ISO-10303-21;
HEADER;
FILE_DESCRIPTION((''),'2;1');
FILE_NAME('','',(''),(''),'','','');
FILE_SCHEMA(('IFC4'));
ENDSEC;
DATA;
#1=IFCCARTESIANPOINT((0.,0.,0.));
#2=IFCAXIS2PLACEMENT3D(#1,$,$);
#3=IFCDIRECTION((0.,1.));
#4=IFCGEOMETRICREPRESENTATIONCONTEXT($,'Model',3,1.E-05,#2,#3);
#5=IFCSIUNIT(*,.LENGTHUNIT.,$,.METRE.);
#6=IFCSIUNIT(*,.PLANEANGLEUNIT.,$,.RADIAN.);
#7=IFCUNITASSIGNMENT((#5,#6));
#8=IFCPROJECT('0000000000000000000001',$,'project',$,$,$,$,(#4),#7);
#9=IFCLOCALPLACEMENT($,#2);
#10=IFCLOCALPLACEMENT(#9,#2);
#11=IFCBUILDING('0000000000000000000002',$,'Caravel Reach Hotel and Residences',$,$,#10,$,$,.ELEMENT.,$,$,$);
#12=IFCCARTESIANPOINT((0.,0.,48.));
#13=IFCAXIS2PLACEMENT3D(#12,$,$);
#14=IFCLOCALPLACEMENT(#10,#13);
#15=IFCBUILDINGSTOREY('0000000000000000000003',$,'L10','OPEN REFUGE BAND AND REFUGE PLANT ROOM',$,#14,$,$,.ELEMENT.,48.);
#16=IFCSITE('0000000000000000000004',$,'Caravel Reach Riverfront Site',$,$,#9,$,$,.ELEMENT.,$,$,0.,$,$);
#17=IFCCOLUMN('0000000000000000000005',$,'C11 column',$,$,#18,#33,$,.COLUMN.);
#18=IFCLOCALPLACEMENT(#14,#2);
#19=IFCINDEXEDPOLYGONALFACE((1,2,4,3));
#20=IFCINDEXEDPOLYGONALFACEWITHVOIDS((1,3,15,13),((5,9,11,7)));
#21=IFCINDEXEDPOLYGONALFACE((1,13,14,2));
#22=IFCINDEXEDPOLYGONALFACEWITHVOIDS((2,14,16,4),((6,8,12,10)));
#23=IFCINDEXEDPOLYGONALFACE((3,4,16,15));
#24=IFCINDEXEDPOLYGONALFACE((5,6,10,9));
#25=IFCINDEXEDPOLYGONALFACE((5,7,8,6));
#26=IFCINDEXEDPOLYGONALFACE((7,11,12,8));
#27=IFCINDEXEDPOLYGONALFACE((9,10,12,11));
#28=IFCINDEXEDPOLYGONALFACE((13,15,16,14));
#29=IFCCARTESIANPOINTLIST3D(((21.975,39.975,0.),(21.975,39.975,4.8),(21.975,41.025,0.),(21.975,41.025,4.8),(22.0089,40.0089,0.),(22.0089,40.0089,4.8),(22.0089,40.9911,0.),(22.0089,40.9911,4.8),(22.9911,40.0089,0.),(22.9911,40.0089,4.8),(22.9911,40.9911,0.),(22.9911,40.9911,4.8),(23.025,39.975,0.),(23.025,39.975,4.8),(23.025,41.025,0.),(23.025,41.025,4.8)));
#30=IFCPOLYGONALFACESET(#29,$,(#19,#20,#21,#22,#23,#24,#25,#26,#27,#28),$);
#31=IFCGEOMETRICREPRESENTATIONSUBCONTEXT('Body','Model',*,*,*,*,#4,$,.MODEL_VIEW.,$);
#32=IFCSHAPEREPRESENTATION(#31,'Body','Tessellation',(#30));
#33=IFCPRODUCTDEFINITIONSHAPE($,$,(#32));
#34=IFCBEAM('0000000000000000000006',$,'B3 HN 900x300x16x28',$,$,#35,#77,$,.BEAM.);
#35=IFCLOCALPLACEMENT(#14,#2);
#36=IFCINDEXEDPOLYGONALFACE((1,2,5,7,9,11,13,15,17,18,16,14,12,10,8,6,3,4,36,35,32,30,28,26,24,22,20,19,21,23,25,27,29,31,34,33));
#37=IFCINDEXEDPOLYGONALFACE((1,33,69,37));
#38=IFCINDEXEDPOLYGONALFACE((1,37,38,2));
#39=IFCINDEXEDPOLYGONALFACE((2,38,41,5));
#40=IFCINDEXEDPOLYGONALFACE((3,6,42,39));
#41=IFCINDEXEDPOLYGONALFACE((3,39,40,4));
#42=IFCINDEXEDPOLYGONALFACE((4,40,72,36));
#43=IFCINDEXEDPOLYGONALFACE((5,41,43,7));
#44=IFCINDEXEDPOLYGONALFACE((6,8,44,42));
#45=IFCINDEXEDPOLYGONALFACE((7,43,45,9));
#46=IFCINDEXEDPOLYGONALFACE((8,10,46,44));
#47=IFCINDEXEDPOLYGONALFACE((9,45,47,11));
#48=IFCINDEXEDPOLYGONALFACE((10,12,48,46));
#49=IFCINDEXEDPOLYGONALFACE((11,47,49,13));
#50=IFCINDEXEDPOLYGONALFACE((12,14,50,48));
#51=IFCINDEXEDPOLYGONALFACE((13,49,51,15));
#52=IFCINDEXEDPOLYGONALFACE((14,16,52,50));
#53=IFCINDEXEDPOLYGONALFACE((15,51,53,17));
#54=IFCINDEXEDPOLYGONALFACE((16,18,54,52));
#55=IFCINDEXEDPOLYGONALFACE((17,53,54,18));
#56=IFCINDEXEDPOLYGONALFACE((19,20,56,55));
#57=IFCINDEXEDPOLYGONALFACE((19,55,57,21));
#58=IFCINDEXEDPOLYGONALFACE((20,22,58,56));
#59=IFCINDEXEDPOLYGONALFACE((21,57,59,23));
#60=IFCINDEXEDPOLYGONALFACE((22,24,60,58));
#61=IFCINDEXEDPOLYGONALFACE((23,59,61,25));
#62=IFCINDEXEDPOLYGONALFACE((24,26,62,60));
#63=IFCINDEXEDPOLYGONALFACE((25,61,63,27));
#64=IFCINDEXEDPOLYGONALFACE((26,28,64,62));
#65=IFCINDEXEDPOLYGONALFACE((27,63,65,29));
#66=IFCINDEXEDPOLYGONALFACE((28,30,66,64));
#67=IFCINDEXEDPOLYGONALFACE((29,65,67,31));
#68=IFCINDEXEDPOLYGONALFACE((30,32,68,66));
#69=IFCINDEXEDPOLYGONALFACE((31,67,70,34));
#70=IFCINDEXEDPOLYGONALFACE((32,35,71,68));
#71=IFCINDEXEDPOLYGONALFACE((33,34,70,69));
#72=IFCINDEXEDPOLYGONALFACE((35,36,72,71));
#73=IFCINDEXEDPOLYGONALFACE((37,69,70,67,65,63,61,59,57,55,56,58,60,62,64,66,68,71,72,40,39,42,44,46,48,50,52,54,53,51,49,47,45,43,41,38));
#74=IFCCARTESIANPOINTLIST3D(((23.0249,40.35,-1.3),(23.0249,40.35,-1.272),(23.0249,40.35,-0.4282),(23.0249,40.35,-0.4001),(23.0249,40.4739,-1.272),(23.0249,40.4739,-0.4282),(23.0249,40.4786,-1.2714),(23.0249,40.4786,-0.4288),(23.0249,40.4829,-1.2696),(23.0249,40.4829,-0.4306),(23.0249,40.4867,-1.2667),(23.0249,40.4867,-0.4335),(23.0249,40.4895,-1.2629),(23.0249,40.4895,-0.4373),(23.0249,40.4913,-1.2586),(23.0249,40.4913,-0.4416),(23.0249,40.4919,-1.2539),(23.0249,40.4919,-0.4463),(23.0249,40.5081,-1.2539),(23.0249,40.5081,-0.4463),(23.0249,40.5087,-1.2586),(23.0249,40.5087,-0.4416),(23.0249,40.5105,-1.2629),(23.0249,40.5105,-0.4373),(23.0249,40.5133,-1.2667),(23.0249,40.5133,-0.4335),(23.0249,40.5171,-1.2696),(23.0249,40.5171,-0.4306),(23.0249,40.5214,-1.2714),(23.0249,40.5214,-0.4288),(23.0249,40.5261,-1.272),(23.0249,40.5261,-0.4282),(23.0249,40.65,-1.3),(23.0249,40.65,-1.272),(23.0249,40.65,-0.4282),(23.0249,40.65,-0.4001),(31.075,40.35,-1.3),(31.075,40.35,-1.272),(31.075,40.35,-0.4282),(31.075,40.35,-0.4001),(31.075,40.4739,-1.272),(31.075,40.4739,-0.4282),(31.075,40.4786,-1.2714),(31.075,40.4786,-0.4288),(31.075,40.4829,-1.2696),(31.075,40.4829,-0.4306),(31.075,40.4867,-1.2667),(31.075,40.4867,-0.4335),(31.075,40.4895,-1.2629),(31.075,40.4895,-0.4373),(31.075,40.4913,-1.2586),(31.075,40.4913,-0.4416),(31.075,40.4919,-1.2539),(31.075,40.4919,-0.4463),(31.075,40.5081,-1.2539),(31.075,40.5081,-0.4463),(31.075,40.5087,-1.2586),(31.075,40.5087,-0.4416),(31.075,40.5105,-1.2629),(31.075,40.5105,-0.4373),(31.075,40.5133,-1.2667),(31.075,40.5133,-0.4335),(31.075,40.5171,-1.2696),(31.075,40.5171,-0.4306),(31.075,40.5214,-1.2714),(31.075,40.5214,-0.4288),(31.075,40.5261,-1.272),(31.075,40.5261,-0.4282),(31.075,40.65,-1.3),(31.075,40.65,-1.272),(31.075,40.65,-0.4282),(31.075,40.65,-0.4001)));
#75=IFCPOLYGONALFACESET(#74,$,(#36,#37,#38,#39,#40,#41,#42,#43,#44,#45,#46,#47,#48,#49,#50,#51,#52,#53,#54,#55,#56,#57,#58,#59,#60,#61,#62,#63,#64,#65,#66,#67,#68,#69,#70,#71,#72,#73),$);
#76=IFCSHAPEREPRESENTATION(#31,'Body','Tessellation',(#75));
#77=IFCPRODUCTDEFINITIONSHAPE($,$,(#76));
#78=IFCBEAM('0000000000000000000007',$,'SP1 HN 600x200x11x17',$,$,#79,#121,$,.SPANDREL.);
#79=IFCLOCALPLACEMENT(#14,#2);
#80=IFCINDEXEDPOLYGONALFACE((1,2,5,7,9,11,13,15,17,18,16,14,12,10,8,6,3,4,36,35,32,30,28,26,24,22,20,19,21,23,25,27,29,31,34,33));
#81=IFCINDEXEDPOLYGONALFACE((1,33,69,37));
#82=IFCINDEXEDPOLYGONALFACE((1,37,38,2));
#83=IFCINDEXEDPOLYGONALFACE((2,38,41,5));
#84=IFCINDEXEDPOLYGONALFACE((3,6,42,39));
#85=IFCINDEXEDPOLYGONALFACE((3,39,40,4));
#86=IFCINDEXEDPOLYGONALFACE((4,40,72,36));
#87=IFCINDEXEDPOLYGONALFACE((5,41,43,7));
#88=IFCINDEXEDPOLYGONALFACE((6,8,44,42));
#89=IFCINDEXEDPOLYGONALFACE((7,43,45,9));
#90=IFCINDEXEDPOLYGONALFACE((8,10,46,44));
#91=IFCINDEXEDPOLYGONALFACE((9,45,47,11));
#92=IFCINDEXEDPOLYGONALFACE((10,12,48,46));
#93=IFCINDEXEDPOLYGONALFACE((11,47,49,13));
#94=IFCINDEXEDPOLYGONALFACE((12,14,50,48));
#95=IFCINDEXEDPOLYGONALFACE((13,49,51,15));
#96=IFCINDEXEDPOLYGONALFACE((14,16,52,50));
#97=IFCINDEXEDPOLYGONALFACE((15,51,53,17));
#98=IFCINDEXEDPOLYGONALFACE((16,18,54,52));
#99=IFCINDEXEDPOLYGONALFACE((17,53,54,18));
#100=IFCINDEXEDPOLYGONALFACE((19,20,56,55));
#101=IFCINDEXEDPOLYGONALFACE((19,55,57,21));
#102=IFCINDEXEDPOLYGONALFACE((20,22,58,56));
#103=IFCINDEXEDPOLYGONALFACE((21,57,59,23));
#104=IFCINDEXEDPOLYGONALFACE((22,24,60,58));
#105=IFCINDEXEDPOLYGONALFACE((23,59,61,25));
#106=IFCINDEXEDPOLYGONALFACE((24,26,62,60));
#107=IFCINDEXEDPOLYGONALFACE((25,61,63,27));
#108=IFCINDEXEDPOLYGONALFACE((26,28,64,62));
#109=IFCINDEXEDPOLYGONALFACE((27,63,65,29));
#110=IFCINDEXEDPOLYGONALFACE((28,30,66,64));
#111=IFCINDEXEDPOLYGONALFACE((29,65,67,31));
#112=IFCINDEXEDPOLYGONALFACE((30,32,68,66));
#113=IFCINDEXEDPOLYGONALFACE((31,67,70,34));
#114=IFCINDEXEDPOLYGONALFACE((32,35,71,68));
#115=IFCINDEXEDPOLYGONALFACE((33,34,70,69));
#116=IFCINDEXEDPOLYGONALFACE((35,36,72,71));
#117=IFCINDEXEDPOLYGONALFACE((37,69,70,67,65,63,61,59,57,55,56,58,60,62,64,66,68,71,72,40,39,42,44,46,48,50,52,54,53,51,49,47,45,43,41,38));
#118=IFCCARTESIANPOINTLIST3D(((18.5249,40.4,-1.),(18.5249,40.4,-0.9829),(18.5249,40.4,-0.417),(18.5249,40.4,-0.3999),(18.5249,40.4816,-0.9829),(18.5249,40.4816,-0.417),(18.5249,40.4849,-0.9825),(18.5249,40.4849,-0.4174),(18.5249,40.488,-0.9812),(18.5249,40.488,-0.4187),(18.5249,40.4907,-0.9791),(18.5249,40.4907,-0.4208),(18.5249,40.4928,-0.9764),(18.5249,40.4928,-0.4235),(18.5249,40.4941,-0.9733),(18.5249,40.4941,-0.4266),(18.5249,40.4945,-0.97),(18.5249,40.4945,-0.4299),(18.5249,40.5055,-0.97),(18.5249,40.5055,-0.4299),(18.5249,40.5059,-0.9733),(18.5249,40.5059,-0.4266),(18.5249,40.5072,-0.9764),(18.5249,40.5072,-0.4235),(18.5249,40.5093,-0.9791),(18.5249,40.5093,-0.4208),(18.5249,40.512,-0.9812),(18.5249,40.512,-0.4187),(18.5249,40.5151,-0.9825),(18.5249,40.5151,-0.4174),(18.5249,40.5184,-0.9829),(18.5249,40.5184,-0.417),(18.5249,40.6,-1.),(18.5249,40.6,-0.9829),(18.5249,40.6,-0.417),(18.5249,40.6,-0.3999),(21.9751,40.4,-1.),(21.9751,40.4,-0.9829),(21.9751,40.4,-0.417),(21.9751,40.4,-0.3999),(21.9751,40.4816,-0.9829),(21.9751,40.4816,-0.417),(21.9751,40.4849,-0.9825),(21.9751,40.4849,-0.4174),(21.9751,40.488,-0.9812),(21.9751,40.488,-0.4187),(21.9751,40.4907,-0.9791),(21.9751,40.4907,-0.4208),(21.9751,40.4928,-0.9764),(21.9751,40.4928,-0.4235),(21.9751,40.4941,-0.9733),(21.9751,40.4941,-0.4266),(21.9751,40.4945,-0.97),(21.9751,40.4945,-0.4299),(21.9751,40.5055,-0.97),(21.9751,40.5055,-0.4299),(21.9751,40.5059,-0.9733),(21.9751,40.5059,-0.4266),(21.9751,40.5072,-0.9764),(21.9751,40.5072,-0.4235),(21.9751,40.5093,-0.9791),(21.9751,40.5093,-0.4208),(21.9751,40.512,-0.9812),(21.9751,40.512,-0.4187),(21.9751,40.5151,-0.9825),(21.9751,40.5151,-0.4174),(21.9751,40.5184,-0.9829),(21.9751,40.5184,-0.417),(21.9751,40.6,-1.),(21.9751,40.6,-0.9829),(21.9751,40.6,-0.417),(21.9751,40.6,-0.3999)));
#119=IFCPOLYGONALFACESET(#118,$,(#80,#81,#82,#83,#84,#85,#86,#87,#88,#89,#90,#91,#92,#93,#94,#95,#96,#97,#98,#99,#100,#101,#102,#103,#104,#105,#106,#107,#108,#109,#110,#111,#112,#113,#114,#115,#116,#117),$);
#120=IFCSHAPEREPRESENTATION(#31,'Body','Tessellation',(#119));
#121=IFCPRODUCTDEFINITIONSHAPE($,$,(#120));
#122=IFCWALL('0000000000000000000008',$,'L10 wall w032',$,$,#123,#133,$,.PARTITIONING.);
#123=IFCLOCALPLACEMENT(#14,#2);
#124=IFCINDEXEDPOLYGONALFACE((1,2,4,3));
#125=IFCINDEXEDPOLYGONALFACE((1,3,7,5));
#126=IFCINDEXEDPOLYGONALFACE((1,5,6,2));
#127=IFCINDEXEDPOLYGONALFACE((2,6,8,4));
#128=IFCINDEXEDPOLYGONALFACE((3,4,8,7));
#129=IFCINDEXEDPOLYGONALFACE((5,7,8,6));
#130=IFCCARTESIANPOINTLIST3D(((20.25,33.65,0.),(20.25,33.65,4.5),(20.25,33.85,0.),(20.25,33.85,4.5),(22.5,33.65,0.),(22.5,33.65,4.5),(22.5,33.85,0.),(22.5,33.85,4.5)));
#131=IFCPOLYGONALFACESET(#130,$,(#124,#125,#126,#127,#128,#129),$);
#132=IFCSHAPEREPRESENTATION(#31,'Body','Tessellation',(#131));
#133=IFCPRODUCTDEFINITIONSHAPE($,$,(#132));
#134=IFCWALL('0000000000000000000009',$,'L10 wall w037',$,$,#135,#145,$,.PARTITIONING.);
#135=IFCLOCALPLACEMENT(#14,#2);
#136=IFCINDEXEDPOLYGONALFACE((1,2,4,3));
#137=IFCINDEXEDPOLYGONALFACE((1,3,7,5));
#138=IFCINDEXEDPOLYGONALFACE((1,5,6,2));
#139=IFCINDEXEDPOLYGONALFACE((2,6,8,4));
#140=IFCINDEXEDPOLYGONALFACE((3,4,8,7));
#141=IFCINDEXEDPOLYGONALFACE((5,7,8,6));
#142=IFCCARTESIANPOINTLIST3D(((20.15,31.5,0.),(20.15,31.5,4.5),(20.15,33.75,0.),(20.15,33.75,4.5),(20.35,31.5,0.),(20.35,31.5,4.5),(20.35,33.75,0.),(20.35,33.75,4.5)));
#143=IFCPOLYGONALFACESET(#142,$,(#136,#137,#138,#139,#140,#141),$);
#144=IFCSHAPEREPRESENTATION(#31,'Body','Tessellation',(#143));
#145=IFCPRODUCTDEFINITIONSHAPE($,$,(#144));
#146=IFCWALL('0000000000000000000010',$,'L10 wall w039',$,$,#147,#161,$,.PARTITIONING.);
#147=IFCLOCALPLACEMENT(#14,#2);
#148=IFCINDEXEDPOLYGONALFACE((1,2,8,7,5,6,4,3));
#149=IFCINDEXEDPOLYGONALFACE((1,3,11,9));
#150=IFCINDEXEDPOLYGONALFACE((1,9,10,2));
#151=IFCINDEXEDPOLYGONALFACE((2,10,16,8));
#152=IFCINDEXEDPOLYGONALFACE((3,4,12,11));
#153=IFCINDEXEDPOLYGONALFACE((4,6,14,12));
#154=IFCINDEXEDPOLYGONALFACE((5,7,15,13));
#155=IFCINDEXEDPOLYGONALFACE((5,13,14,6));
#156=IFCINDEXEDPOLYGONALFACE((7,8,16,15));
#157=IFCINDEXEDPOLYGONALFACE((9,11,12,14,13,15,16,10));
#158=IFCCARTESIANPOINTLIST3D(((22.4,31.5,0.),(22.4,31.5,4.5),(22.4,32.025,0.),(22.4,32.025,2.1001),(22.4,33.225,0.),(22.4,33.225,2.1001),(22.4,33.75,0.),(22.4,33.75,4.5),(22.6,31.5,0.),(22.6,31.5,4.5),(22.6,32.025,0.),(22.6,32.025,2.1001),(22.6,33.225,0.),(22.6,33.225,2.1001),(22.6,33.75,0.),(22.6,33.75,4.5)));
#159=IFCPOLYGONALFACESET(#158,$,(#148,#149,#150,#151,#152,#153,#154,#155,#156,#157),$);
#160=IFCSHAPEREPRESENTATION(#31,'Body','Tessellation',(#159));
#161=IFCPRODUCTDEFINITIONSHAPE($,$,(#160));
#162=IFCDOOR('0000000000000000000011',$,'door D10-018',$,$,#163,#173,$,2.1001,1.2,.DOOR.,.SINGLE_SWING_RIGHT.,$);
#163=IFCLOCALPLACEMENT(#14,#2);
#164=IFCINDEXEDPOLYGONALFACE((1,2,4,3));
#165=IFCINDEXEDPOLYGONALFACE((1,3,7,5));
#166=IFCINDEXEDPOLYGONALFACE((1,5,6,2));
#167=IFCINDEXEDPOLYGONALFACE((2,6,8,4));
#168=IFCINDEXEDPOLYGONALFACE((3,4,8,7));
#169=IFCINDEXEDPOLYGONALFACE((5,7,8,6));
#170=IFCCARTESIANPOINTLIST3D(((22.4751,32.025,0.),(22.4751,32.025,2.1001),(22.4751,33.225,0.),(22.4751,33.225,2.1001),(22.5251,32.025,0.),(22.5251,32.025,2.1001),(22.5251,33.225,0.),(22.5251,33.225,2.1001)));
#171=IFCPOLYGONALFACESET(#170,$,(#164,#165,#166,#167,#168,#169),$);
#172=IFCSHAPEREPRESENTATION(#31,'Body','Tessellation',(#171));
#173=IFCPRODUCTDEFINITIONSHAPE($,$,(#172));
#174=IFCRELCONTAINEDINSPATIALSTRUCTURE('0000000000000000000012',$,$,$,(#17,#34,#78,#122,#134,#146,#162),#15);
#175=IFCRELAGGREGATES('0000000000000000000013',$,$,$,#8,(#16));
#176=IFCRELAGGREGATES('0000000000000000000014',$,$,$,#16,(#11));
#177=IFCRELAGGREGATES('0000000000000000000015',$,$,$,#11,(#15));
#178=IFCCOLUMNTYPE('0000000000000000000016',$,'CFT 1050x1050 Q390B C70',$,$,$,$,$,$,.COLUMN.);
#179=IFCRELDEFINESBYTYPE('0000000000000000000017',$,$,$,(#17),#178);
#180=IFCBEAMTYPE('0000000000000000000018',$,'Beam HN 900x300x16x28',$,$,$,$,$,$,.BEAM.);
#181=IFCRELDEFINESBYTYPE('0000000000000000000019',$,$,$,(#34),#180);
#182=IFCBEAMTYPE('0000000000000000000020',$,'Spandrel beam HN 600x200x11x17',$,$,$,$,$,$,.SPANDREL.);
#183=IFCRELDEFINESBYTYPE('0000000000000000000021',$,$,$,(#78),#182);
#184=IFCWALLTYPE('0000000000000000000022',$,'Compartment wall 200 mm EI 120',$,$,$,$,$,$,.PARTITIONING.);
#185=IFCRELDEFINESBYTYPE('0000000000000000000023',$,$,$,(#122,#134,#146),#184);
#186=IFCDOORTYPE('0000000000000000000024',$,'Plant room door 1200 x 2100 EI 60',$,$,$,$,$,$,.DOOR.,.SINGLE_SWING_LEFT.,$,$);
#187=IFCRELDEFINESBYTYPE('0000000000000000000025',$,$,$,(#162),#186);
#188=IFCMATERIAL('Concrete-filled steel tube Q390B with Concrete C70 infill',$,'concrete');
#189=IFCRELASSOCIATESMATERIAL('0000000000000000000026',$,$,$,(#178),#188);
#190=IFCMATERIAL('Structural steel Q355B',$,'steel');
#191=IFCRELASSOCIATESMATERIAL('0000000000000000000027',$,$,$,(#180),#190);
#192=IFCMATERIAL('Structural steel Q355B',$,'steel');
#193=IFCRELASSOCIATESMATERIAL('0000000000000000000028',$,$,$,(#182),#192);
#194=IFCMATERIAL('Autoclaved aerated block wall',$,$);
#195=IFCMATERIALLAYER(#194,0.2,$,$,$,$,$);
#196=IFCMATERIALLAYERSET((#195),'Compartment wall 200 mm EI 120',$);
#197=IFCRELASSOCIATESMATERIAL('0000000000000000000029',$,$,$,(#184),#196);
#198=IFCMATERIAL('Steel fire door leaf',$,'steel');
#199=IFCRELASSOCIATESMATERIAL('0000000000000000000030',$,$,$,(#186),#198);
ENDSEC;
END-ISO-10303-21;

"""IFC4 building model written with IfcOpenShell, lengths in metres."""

from ifc_helpers import new_model, si_unit, direction, frame, frame_2d, origin, origin_2d, place, context, subcontext, project, spatial, rectangle, hollow_rectangle, i_section, extrude, material, layer, layer_set, material_profile, profile_set, type_object, element, fill, save


model = new_model("IFC4")

# Units and contexts
model_context = context("Model", 3, precision=1e-05, world=origin(), true_north=direction((0.0, 1.0)))
body_context = subcontext(model_context, "Body", "Model", "MODEL_VIEW")
ifc_project = project(units=[si_unit("LENGTHUNIT", "METRE"), si_unit("PLANEANGLEUNIT", "RADIAN")], contexts=[model_context])

# Site, building, storey
site_placement = place(None, origin())
site = spatial("IfcSite", under=ifc_project, at=site_placement, Name="Caravel Reach Riverfront Site", CompositionType="ELEMENT", RefElevation=0.0)
building_placement = place(site_placement, origin())
building = spatial("IfcBuilding", under=site, at=building_placement, Name="Caravel Reach Hotel and Residences", CompositionType="ELEMENT")
storey_placement = place(building_placement, frame((0.0, 0.0, 48.0)))
storey = spatial("IfcBuildingStorey", under=building, at=storey_placement, Name="L10", Description="OPEN REFUGE BAND AND REFUGE PLANT ROOM", CompositionType="ELEMENT", Elevation=48.0)

# Column
ifc_material_1 = material(Name="Concrete-filled steel tube Q390B with Concrete C70 infill", Category="concrete")
ifc_material_profile_1 = material_profile(ifc_material_1, hollow_rectangle(XDim=1.05, YDim=1.05, WallThickness=0.0339, at=origin_2d()), Name="RHS 1050x1050x34")
ifc_profile_set_1 = profile_set([ifc_material_profile_1], Name="Concrete-filled steel tube Q390B with Concrete C70 infill")
column_type = type_object("IfcColumnType", Name="CFT 1050x1050 Q390B C70", PredefinedType="COLUMN", material=ifc_profile_set_1)
column_placement = place(storey_placement, frame((22.5, 40.5, 0.0), z_axis=(0.0, 0.0, 1.0), x_axis=(1.0, 0.0, 0.0)))
element("IfcColumn", 1, at=column_placement, inside=storey, type_object=column_type, Name="C11 column", PredefinedType="COLUMN", context=body_context, shape_type="SweptSolid", body=[
    extrude(hollow_rectangle(XDim=1.05, YDim=1.05, WallThickness=0.0339, at=origin_2d()), origin(), (0.0, 0.0, 1.0), 4.8),
])

# Beams
ifc_material_2 = material(Name="Structural steel Q355B", Category="steel")
ifc_material_profile_2 = material_profile(ifc_material_2, i_section(OverallWidth=0.3, OverallDepth=0.8999, WebThickness=0.0161, FlangeThickness=0.0281, FilletRadius=0.0181, at=origin_2d()), Name="HN 900x300x16x28")
ifc_profile_set_2 = profile_set([ifc_material_profile_2], Name="Structural steel Q355B")
beam_type_1 = type_object("IfcBeamType", Name="Beam HN 900x300x16x28", PredefinedType="BEAM", material=ifc_profile_set_2)
beam_1_placement = place(storey_placement, frame((23.0249, 40.5, -0.8501), z_axis=(1.0, 0.0, 0.0), x_axis=(0.0, 1.0, 0.0)))
element("IfcBeam", 2, at=beam_1_placement, inside=storey, type_object=beam_type_1, Name="B3 HN 900x300x16x28", PredefinedType="BEAM", context=body_context, shape_type="SweptSolid", body=[
    extrude(i_section(OverallWidth=0.3, OverallDepth=0.8999, WebThickness=0.0161, FlangeThickness=0.0281, FilletRadius=0.0181, at=origin_2d()), origin(), (0.0, 0.0, 1.0), 8.05),
])
ifc_material_3 = material(Name="Structural steel Q355B", Category="steel")
ifc_material_profile_3 = material_profile(ifc_material_3, i_section(OverallWidth=0.2, OverallDepth=0.6001, WebThickness=0.011, FlangeThickness=0.0171, FilletRadius=0.0129, at=origin_2d()), Name="HN 600x200x11x17")
ifc_profile_set_3 = profile_set([ifc_material_profile_3], Name="Structural steel Q355B")
beam_type_2 = type_object("IfcBeamType", Name="Spandrel beam HN 600x200x11x17", PredefinedType="SPANDREL", material=ifc_profile_set_3)
beam_2_placement = place(storey_placement, frame((21.9751, 40.5, -0.7), z_axis=(-1.0, 0.0, 0.0), x_axis=(0.0, -1.0, 0.0)))
element("IfcBeam", 3, at=beam_2_placement, inside=storey, type_object=beam_type_2, Name="SP1 HN 600x200x11x17", PredefinedType="SPANDREL", context=body_context, shape_type="SweptSolid", body=[
    extrude(i_section(OverallWidth=0.2, OverallDepth=0.6001, WebThickness=0.011, FlangeThickness=0.0171, FilletRadius=0.0129, at=origin_2d()), origin(), (0.0, 0.0, 1.0), 3.4502),
])

# Walls
ifc_material_4 = material(Name="Autoclaved aerated block wall")
ifc_layer_1 = layer(ifc_material_4, 0.2)
ifc_layer_set_1 = layer_set([ifc_layer_1], Name="Compartment wall 200 mm EI 120")
wall_type_1 = type_object("IfcWallType", Name="Compartment wall 200 mm EI 120", PredefinedType="PARTITIONING", material=ifc_layer_set_1)
for number, where, z_axis, x_axis, name in (
    (4, (20.25, 33.75, 0.0), (0.0, 0.0, 1.0), (1.0, 0.0, 0.0), "L10 wall w032"),
    (5, (20.25, 31.5, 0.0), (0.0, 0.0, 1.0), (0.0, 1.0, 0.0), "L10 wall w037"),
):
    element("IfcWall", number, at=place(storey_placement, frame(where, z_axis=z_axis, x_axis=x_axis)), inside=storey, type_object=wall_type_1, Name=name, PredefinedType="PARTITIONING", context=body_context, shape_type="SweptSolid", body=[
        extrude(rectangle(XDim=2.25, YDim=0.2, at=frame_2d((1.125, 0.0))), origin(), (0.0, 0.0, 1.0), 4.5),
    ])

# Wall, opening, door
wall_1_placement = place(storey_placement, frame((22.5, 31.5, 0.0), z_axis=(0.0, 0.0, 1.0), x_axis=(0.0, 1.0, 0.0)))
wall_1 = element("IfcWall", 6, at=wall_1_placement, inside=storey, type_object=wall_type_1, Name="L10 wall w039", PredefinedType="PARTITIONING", context=body_context, shape_type="SweptSolid", body=[
    extrude(rectangle(XDim=2.25, YDim=0.2, at=frame_2d((1.125, 0.0))), origin(), (0.0, 0.0, 1.0), 4.5),
])
opening_1_placement = place(wall_1_placement, frame((0.5249, 0.0, 0.0)))
opening_1 = element("IfcOpeningElement", 7, at=opening_1_placement, cuts=wall_1, PredefinedType="OPENING", context=body_context, shape_type="SweptSolid", body=[
    extrude(rectangle(XDim=1.2, YDim=2.1001, at=frame_2d((0.6001, 1.05))), frame((0.0, 0.1099, 0.0), z_axis=(0.0, -1.0, 0.0), x_axis=(1.0, 0.0, 0.0)), (0.0, 0.0, 1.0), 0.22),
])
ifc_material_5 = material(Name="Steel fire door leaf", Category="steel")
door_type_1 = type_object("IfcDoorType", Name="Plant room door 1200 x 2100 EI 60", OperationType="SINGLE_SWING_LEFT", PredefinedType="DOOR", material=ifc_material_5)
door_1_placement = place(opening_1_placement, origin())
door_1 = element("IfcDoor", 8, at=door_1_placement, inside=storey, type_object=door_type_1, Name="door D10-018", OperationType="SINGLE_SWING_RIGHT", OverallHeight=2.1001, OverallWidth=1.2, PredefinedType="DOOR", context=body_context, shape_type="SweptSolid", body=[
    extrude(rectangle(XDim=1.2, YDim=2.1001, at=frame_2d((0.6001, 1.05))), frame((0.0, 0.0249, 0.0), z_axis=(0.0, -1.0, 0.0), x_axis=(1.0, 0.0, 0.0)), (0.0, 0.0, 1.0), 0.05),
])
fill(opening_1, door_1)

save(model, "model.ifc")
